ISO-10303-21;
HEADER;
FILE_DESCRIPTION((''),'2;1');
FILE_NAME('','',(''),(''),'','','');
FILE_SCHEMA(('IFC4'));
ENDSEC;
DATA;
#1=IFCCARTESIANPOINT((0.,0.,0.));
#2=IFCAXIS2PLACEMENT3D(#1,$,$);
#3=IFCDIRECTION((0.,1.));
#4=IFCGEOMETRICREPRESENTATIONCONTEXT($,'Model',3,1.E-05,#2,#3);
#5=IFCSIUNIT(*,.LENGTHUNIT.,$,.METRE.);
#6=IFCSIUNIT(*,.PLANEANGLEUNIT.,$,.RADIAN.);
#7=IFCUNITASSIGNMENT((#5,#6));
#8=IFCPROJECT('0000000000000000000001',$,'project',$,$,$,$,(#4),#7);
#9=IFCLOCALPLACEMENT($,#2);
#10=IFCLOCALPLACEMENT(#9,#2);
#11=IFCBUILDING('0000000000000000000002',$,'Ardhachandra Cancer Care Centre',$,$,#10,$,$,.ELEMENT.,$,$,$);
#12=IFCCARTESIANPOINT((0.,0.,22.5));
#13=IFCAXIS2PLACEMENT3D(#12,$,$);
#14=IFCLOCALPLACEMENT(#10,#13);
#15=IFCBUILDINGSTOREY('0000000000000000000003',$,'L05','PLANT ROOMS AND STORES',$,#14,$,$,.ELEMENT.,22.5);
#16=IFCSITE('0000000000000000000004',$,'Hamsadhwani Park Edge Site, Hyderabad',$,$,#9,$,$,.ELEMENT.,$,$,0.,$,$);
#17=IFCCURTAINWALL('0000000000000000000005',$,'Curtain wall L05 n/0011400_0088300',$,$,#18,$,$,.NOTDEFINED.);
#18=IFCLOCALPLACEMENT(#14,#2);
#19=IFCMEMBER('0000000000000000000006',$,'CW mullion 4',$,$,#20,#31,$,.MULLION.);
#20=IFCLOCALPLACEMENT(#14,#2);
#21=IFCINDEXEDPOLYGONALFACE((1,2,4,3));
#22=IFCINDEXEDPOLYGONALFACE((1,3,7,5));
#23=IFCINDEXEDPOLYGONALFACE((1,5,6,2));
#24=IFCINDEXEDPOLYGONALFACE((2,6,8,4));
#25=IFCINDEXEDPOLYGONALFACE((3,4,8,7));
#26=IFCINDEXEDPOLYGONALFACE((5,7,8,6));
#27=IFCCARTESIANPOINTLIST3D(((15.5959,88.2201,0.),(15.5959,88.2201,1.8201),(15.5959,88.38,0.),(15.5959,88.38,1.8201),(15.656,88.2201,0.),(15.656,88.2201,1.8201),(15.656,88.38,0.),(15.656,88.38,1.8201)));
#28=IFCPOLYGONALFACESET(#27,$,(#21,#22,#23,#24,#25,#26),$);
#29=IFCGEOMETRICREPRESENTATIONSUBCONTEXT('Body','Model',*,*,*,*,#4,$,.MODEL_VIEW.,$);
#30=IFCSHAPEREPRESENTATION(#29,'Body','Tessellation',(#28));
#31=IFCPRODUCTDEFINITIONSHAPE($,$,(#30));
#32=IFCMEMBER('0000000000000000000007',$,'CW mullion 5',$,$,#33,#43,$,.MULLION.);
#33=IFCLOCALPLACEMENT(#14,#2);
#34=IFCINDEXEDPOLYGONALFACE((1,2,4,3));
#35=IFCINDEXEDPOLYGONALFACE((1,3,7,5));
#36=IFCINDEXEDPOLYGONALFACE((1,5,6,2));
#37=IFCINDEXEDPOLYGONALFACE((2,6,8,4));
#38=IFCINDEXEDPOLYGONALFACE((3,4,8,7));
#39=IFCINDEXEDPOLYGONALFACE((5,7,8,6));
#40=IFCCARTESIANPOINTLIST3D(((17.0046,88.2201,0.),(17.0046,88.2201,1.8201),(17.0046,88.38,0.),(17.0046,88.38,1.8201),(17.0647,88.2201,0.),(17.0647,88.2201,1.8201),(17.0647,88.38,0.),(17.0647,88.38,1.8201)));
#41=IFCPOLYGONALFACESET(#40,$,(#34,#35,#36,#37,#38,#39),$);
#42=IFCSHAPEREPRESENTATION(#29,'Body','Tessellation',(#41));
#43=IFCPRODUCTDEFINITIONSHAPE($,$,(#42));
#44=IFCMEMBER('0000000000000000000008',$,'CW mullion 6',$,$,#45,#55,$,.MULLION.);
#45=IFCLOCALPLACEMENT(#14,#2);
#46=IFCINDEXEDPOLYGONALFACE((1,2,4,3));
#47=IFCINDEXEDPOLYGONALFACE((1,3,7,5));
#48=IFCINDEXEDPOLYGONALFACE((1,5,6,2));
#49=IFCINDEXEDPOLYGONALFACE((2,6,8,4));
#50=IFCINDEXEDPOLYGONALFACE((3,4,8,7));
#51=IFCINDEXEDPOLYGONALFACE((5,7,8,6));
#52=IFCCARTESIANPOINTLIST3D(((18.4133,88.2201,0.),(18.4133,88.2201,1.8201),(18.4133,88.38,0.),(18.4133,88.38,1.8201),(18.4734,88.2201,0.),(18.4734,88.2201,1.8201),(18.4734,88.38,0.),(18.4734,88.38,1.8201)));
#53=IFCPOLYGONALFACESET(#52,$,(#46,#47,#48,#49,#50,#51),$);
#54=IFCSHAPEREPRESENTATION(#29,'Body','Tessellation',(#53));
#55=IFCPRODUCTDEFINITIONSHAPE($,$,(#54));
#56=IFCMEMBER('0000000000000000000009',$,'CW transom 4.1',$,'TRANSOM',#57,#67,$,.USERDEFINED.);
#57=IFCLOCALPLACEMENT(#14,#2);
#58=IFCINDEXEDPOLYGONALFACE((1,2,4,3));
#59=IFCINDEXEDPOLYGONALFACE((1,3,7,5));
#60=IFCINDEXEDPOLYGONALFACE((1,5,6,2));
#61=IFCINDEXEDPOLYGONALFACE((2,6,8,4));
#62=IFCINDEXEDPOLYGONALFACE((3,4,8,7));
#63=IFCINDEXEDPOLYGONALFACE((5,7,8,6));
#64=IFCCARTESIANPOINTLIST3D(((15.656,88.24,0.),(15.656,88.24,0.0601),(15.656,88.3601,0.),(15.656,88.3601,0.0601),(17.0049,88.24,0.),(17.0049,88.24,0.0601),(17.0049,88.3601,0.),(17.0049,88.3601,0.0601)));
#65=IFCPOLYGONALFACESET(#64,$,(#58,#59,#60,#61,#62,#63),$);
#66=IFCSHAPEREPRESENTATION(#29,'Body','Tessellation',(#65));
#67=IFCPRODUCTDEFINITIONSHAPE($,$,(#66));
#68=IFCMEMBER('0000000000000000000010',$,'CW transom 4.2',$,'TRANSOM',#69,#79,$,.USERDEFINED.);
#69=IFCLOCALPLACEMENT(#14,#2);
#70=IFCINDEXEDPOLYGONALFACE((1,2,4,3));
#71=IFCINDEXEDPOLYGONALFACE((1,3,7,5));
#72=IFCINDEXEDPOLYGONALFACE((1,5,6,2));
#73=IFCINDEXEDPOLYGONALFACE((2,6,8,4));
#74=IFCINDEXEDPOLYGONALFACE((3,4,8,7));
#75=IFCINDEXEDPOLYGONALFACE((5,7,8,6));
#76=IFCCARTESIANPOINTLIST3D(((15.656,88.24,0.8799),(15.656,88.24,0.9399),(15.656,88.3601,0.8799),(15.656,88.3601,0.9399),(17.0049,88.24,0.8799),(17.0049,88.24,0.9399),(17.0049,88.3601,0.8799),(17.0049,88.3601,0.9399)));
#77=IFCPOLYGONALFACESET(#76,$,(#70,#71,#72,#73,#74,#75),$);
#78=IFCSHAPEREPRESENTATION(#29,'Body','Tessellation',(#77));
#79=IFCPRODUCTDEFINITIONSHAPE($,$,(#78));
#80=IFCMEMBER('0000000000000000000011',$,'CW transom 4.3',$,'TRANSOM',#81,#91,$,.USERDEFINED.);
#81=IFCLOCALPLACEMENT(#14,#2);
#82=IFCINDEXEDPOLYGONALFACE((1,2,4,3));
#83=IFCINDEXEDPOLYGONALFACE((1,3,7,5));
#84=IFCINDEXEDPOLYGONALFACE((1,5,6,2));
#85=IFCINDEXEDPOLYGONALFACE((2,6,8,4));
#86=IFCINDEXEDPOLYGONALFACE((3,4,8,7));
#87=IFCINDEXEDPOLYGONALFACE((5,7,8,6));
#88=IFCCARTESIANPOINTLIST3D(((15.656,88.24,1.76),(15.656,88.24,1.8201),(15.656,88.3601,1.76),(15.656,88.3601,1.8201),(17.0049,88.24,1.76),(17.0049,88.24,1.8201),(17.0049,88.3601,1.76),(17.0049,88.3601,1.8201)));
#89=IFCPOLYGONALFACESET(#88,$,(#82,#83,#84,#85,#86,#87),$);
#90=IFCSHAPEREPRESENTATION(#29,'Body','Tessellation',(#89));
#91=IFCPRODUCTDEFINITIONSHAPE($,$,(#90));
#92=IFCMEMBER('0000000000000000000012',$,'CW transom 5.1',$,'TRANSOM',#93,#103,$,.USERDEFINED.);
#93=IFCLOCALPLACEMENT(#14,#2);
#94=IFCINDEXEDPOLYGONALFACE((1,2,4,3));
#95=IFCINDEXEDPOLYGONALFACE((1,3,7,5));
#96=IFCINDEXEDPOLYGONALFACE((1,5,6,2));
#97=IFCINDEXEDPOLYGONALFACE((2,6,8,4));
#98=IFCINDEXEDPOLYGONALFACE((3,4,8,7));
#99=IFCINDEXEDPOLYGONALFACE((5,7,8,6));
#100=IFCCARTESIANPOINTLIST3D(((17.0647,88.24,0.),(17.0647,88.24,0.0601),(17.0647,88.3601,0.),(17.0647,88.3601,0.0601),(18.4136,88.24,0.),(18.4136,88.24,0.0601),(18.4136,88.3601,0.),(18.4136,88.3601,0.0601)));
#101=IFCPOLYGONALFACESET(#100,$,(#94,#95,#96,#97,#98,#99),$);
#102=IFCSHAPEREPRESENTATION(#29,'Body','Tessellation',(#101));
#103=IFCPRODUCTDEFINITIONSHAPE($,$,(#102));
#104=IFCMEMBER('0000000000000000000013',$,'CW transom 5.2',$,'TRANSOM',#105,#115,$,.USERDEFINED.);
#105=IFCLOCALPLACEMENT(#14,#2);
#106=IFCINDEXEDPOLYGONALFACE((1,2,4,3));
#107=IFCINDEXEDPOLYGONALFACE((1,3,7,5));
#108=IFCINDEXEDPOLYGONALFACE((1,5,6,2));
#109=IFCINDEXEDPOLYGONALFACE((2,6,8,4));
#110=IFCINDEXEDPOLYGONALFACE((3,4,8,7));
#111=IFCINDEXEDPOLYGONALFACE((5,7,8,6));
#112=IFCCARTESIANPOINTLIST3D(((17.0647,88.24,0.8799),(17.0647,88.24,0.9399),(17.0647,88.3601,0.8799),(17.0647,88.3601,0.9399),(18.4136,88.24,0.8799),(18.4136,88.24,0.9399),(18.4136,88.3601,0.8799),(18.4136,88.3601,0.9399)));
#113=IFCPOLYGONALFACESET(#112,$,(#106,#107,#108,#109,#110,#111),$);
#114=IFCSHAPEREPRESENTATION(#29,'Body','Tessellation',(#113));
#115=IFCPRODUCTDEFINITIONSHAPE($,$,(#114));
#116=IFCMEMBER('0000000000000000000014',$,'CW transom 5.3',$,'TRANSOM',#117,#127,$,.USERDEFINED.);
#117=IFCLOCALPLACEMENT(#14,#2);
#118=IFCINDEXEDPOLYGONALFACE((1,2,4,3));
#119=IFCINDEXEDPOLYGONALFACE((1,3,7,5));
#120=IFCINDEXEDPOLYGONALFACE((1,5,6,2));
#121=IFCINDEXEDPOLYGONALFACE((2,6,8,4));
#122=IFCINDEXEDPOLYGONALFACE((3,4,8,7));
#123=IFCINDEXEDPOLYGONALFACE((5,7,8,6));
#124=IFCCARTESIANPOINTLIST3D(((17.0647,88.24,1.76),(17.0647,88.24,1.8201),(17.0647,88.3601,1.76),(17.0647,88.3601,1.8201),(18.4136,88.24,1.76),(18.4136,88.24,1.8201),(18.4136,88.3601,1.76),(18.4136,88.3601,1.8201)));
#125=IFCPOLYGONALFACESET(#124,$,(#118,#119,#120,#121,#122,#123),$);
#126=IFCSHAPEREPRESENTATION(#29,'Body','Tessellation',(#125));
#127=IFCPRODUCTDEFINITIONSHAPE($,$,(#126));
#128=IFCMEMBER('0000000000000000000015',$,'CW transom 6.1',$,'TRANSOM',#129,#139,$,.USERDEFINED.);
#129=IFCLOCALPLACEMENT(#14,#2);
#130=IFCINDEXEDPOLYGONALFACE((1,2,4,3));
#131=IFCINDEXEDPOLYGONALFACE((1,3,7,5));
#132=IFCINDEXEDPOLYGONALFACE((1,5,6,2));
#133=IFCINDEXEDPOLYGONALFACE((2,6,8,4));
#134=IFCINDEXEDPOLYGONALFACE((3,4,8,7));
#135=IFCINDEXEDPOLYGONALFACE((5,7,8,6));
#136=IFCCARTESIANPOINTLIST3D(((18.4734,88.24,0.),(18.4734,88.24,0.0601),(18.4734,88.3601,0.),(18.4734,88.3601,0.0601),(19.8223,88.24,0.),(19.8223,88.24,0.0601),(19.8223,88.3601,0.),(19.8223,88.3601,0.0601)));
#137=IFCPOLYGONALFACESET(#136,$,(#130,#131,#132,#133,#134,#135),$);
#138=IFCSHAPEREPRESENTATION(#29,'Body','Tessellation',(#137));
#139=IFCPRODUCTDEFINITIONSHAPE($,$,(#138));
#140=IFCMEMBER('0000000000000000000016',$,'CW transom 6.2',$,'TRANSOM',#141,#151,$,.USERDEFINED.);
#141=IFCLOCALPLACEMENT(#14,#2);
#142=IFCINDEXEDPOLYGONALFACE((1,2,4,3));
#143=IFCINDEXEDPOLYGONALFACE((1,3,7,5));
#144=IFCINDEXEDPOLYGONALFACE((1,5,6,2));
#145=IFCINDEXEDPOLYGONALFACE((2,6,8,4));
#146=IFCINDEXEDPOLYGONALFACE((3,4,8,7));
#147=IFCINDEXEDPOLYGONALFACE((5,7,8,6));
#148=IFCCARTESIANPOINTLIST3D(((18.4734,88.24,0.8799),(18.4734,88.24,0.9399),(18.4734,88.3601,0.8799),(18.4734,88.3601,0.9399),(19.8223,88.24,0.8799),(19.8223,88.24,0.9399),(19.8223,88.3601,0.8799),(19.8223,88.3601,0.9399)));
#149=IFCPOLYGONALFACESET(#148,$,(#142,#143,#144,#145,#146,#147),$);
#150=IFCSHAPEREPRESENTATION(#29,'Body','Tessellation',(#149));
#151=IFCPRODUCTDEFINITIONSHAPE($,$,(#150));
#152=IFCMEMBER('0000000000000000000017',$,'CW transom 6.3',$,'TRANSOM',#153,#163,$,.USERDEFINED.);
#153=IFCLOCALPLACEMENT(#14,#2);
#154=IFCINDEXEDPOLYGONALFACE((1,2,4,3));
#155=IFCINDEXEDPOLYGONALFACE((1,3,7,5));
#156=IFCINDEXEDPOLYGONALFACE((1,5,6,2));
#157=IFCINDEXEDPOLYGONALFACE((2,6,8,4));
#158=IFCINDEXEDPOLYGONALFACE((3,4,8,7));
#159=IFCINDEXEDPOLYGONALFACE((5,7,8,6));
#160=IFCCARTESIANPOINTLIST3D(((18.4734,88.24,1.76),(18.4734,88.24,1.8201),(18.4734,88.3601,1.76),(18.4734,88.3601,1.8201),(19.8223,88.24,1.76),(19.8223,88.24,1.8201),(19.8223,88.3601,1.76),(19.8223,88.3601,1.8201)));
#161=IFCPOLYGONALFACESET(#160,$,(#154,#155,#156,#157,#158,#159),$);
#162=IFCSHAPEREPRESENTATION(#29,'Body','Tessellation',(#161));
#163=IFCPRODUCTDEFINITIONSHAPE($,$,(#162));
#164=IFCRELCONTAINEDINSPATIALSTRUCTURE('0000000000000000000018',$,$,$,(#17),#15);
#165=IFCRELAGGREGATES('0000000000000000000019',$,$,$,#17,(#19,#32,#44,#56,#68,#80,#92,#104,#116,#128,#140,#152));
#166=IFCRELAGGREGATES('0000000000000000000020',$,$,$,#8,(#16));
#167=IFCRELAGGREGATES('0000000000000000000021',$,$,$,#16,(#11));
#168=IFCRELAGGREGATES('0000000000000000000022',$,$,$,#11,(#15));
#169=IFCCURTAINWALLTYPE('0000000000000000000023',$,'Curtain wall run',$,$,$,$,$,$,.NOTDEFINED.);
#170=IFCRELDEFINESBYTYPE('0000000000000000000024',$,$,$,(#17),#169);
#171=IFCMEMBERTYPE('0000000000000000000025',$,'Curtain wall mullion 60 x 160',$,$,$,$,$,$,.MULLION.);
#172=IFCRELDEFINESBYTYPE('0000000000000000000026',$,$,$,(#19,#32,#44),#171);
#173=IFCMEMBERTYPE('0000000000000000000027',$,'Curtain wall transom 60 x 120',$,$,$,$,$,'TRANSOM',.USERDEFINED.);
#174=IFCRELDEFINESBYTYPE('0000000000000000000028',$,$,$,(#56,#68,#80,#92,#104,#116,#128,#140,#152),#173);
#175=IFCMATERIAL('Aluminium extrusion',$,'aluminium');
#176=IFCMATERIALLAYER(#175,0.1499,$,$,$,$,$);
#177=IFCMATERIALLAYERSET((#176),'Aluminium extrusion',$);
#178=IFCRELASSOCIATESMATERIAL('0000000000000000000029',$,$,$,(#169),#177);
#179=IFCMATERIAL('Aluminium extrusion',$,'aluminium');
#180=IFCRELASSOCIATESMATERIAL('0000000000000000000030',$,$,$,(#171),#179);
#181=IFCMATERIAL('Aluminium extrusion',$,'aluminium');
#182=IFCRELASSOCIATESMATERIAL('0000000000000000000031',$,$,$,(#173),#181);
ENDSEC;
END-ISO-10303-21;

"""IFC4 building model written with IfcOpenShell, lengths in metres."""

from ifc_helpers import new_model, si_unit, direction, frame, origin, origin_2d, place, context, subcontext, project, spatial, rectangle, extrude, material, layer, layer_set, material_profile, profile_set, type_object, element, aggregate, save


model = new_model("IFC4")

# Units and contexts
model_context = context("Model", 3, precision=1e-05, world=origin(), true_north=direction((0.0, 1.0)))
body_context = subcontext(model_context, "Body", "Model", "MODEL_VIEW")
ifc_project = project(units=[si_unit("LENGTHUNIT", "METRE"), si_unit("PLANEANGLEUNIT", "RADIAN")], contexts=[model_context])

# Site, building, storey
site_placement = place(None, origin())
site = spatial("IfcSite", under=ifc_project, at=site_placement, Name="Hamsadhwani Park Edge Site, Hyderabad", CompositionType="ELEMENT", RefElevation=0.0)
building_placement = place(site_placement, origin())
building = spatial("IfcBuilding", under=site, at=building_placement, Name="Ardhachandra Cancer Care Centre", CompositionType="ELEMENT")
storey_placement = place(building_placement, frame((0.0, 0.0, 22.5)))
storey = spatial("IfcBuildingStorey", under=building, at=storey_placement, Name="L05", Description="PLANT ROOMS AND STORES", CompositionType="ELEMENT", Elevation=22.5)

# Curtain wall, members
ifc_material_1 = material(Name="Aluminium extrusion", Category="aluminium")
ifc_layer_1 = layer(ifc_material_1, 0.1499)
ifc_layer_set_1 = layer_set([ifc_layer_1], Name="Aluminium extrusion")
curtain_wall_type = type_object("IfcCurtainWallType", Name="Curtain wall run", PredefinedType="NOTDEFINED", material=ifc_layer_set_1)
curtain_wall_placement = place(storey_placement, origin())
curtain_wall = element("IfcCurtainWall", 1, at=curtain_wall_placement, inside=storey, type_object=curtain_wall_type, Name="Curtain wall L05 n/0011400_0088300", PredefinedType="NOTDEFINED")
ifc_material_2 = material(Name="Aluminium extrusion", Category="aluminium")
ifc_material_profile_1 = material_profile(ifc_material_2, rectangle(XDim=0.1599, YDim=0.0601, at=origin_2d()), Name="Curtain wall mullion 60 x 160")
ifc_profile_set_1 = profile_set([ifc_material_profile_1], Name="Aluminium extrusion")
member_type_1 = type_object("IfcMemberType", Name="Curtain wall mullion 60 x 160", PredefinedType="MULLION", material=ifc_profile_set_1)
member_1_placement = place(storey_placement, frame((15.626, 88.3, 0.0), z_axis=(0.0, 0.0, 1.0), x_axis=(0.0, 1.0, 0.0)))
member_1 = element("IfcMember", 2, at=member_1_placement, type_object=member_type_1, Name="CW mullion 4", PredefinedType="MULLION", context=body_context, shape_type="SweptSolid", body=[
    extrude(rectangle(XDim=0.1599, YDim=0.0601, at=origin_2d()), origin(), (0.0, 0.0, 1.0), 1.8201),
])
member_2_placement = place(storey_placement, frame((17.0347, 88.3, 0.0), z_axis=(0.0, 0.0, 1.0), x_axis=(0.0, 1.0, 0.0)))
member_2 = element("IfcMember", 3, at=member_2_placement, type_object=member_type_1, Name="CW mullion 5", PredefinedType="MULLION", context=body_context, shape_type="SweptSolid", body=[
    extrude(rectangle(XDim=0.1599, YDim=0.0601, at=origin_2d()), origin(), (0.0, 0.0, 1.0), 1.8201),
])
member_3_placement = place(storey_placement, frame((18.4434, 88.3, 0.0), z_axis=(0.0, 0.0, 1.0), x_axis=(0.0, 1.0, 0.0)))
member_3 = element("IfcMember", 4, at=member_3_placement, type_object=member_type_1, Name="CW mullion 6", PredefinedType="MULLION", context=body_context, shape_type="SweptSolid", body=[
    extrude(rectangle(XDim=0.1599, YDim=0.0601, at=origin_2d()), origin(), (0.0, 0.0, 1.0), 1.8201),
])
ifc_material_3 = material(Name="Aluminium extrusion", Category="aluminium")
ifc_material_profile_2 = material_profile(ifc_material_3, rectangle(XDim=0.1201, YDim=0.0601, at=origin_2d()), Name="Curtain wall transom 60 x 120")
ifc_profile_set_2 = profile_set([ifc_material_profile_2], Name="Aluminium extrusion")
member_type_2 = type_object("IfcMemberType", Name="Curtain wall transom 60 x 120", ElementType="TRANSOM", PredefinedType="USERDEFINED", material=ifc_profile_set_2)
member_4_placement = place(storey_placement, frame((15.656, 88.3, 0.03), z_axis=(1.0, 0.0, 0.0), x_axis=(0.0, 1.0, 0.0)))
member_4 = element("IfcMember", 5, at=member_4_placement, type_object=member_type_2, Name="CW transom 4.1", ObjectType="TRANSOM", PredefinedType="USERDEFINED", context=body_context, shape_type="SweptSolid", body=[
    extrude(rectangle(XDim=0.1201, YDim=0.0601, at=origin_2d()), origin(), (0.0, 0.0, 1.0), 1.3489),
])
member_5_placement = place(storey_placement, frame((15.656, 88.3, 0.9099), z_axis=(1.0, 0.0, 0.0), x_axis=(0.0, 1.0, 0.0)))
member_5 = element("IfcMember", 6, at=member_5_placement, type_object=member_type_2, Name="CW transom 4.2", ObjectType="TRANSOM", PredefinedType="USERDEFINED", context=body_context, shape_type="SweptSolid", body=[
    extrude(rectangle(XDim=0.1201, YDim=0.0601, at=origin_2d()), origin(), (0.0, 0.0, 1.0), 1.3489),
])
member_6_placement = place(storey_placement, frame((15.656, 88.3, 1.79), z_axis=(1.0, 0.0, 0.0), x_axis=(0.0, 1.0, 0.0)))
member_6 = element("IfcMember", 7, at=member_6_placement, type_object=member_type_2, Name="CW transom 4.3", ObjectType="TRANSOM", PredefinedType="USERDEFINED", context=body_context, shape_type="SweptSolid", body=[
    extrude(rectangle(XDim=0.1201, YDim=0.0601, at=origin_2d()), origin(), (0.0, 0.0, 1.0), 1.3489),
])
member_7_placement = place(storey_placement, frame((17.0647, 88.3, 0.03), z_axis=(1.0, 0.0, 0.0), x_axis=(0.0, 1.0, 0.0)))
member_7 = element("IfcMember", 8, at=member_7_placement, type_object=member_type_2, Name="CW transom 5.1", ObjectType="TRANSOM", PredefinedType="USERDEFINED", context=body_context, shape_type="SweptSolid", body=[
    extrude(rectangle(XDim=0.1201, YDim=0.0601, at=origin_2d()), origin(), (0.0, 0.0, 1.0), 1.3489),
])
member_8_placement = place(storey_placement, frame((17.0647, 88.3, 0.9099), z_axis=(1.0, 0.0, 0.0), x_axis=(0.0, 1.0, 0.0)))
member_8 = element("IfcMember", 9, at=member_8_placement, type_object=member_type_2, Name="CW transom 5.2", ObjectType="TRANSOM", PredefinedType="USERDEFINED", context=body_context, shape_type="SweptSolid", body=[
    extrude(rectangle(XDim=0.1201, YDim=0.0601, at=origin_2d()), origin(), (0.0, 0.0, 1.0), 1.3489),
])
member_9_placement = place(storey_placement, frame((17.0647, 88.3, 1.79), z_axis=(1.0, 0.0, 0.0), x_axis=(0.0, 1.0, 0.0)))
member_9 = element("IfcMember", 10, at=member_9_placement, type_object=member_type_2, Name="CW transom 5.3", ObjectType="TRANSOM", PredefinedType="USERDEFINED", context=body_context, shape_type="SweptSolid", body=[
    extrude(rectangle(XDim=0.1201, YDim=0.0601, at=origin_2d()), origin(), (0.0, 0.0, 1.0), 1.3489),
])
member_10_placement = place(storey_placement, frame((18.4734, 88.3, 0.03), z_axis=(1.0, 0.0, 0.0), x_axis=(0.0, 1.0, 0.0)))
member_10 = element("IfcMember", 11, at=member_10_placement, type_object=member_type_2, Name="CW transom 6.1", ObjectType="TRANSOM", PredefinedType="USERDEFINED", context=body_context, shape_type="SweptSolid", body=[
    extrude(rectangle(XDim=0.1201, YDim=0.0601, at=origin_2d()), origin(), (0.0, 0.0, 1.0), 1.3489),
])
member_11_placement = place(storey_placement, frame((18.4734, 88.3, 0.9099), z_axis=(1.0, 0.0, 0.0), x_axis=(0.0, 1.0, 0.0)))
member_11 = element("IfcMember", 12, at=member_11_placement, type_object=member_type_2, Name="CW transom 6.2", ObjectType="TRANSOM", PredefinedType="USERDEFINED", context=body_context, shape_type="SweptSolid", body=[
    extrude(rectangle(XDim=0.1201, YDim=0.0601, at=origin_2d()), origin(), (0.0, 0.0, 1.0), 1.3489),
])
member_12_placement = place(storey_placement, frame((18.4734, 88.3, 1.79), z_axis=(1.0, 0.0, 0.0), x_axis=(0.0, 1.0, 0.0)))
member_12 = element("IfcMember", 13, at=member_12_placement, type_object=member_type_2, Name="CW transom 6.3", ObjectType="TRANSOM", PredefinedType="USERDEFINED", context=body_context, shape_type="SweptSolid", body=[
    extrude(rectangle(XDim=0.1201, YDim=0.0601, at=origin_2d()), origin(), (0.0, 0.0, 1.0), 1.3489),
])

aggregate(curtain_wall, [member_1, member_2, member_3, member_4, member_5, member_6, member_7, member_8, member_9, member_10, member_11, member_12])

save(model, "model.ifc")
